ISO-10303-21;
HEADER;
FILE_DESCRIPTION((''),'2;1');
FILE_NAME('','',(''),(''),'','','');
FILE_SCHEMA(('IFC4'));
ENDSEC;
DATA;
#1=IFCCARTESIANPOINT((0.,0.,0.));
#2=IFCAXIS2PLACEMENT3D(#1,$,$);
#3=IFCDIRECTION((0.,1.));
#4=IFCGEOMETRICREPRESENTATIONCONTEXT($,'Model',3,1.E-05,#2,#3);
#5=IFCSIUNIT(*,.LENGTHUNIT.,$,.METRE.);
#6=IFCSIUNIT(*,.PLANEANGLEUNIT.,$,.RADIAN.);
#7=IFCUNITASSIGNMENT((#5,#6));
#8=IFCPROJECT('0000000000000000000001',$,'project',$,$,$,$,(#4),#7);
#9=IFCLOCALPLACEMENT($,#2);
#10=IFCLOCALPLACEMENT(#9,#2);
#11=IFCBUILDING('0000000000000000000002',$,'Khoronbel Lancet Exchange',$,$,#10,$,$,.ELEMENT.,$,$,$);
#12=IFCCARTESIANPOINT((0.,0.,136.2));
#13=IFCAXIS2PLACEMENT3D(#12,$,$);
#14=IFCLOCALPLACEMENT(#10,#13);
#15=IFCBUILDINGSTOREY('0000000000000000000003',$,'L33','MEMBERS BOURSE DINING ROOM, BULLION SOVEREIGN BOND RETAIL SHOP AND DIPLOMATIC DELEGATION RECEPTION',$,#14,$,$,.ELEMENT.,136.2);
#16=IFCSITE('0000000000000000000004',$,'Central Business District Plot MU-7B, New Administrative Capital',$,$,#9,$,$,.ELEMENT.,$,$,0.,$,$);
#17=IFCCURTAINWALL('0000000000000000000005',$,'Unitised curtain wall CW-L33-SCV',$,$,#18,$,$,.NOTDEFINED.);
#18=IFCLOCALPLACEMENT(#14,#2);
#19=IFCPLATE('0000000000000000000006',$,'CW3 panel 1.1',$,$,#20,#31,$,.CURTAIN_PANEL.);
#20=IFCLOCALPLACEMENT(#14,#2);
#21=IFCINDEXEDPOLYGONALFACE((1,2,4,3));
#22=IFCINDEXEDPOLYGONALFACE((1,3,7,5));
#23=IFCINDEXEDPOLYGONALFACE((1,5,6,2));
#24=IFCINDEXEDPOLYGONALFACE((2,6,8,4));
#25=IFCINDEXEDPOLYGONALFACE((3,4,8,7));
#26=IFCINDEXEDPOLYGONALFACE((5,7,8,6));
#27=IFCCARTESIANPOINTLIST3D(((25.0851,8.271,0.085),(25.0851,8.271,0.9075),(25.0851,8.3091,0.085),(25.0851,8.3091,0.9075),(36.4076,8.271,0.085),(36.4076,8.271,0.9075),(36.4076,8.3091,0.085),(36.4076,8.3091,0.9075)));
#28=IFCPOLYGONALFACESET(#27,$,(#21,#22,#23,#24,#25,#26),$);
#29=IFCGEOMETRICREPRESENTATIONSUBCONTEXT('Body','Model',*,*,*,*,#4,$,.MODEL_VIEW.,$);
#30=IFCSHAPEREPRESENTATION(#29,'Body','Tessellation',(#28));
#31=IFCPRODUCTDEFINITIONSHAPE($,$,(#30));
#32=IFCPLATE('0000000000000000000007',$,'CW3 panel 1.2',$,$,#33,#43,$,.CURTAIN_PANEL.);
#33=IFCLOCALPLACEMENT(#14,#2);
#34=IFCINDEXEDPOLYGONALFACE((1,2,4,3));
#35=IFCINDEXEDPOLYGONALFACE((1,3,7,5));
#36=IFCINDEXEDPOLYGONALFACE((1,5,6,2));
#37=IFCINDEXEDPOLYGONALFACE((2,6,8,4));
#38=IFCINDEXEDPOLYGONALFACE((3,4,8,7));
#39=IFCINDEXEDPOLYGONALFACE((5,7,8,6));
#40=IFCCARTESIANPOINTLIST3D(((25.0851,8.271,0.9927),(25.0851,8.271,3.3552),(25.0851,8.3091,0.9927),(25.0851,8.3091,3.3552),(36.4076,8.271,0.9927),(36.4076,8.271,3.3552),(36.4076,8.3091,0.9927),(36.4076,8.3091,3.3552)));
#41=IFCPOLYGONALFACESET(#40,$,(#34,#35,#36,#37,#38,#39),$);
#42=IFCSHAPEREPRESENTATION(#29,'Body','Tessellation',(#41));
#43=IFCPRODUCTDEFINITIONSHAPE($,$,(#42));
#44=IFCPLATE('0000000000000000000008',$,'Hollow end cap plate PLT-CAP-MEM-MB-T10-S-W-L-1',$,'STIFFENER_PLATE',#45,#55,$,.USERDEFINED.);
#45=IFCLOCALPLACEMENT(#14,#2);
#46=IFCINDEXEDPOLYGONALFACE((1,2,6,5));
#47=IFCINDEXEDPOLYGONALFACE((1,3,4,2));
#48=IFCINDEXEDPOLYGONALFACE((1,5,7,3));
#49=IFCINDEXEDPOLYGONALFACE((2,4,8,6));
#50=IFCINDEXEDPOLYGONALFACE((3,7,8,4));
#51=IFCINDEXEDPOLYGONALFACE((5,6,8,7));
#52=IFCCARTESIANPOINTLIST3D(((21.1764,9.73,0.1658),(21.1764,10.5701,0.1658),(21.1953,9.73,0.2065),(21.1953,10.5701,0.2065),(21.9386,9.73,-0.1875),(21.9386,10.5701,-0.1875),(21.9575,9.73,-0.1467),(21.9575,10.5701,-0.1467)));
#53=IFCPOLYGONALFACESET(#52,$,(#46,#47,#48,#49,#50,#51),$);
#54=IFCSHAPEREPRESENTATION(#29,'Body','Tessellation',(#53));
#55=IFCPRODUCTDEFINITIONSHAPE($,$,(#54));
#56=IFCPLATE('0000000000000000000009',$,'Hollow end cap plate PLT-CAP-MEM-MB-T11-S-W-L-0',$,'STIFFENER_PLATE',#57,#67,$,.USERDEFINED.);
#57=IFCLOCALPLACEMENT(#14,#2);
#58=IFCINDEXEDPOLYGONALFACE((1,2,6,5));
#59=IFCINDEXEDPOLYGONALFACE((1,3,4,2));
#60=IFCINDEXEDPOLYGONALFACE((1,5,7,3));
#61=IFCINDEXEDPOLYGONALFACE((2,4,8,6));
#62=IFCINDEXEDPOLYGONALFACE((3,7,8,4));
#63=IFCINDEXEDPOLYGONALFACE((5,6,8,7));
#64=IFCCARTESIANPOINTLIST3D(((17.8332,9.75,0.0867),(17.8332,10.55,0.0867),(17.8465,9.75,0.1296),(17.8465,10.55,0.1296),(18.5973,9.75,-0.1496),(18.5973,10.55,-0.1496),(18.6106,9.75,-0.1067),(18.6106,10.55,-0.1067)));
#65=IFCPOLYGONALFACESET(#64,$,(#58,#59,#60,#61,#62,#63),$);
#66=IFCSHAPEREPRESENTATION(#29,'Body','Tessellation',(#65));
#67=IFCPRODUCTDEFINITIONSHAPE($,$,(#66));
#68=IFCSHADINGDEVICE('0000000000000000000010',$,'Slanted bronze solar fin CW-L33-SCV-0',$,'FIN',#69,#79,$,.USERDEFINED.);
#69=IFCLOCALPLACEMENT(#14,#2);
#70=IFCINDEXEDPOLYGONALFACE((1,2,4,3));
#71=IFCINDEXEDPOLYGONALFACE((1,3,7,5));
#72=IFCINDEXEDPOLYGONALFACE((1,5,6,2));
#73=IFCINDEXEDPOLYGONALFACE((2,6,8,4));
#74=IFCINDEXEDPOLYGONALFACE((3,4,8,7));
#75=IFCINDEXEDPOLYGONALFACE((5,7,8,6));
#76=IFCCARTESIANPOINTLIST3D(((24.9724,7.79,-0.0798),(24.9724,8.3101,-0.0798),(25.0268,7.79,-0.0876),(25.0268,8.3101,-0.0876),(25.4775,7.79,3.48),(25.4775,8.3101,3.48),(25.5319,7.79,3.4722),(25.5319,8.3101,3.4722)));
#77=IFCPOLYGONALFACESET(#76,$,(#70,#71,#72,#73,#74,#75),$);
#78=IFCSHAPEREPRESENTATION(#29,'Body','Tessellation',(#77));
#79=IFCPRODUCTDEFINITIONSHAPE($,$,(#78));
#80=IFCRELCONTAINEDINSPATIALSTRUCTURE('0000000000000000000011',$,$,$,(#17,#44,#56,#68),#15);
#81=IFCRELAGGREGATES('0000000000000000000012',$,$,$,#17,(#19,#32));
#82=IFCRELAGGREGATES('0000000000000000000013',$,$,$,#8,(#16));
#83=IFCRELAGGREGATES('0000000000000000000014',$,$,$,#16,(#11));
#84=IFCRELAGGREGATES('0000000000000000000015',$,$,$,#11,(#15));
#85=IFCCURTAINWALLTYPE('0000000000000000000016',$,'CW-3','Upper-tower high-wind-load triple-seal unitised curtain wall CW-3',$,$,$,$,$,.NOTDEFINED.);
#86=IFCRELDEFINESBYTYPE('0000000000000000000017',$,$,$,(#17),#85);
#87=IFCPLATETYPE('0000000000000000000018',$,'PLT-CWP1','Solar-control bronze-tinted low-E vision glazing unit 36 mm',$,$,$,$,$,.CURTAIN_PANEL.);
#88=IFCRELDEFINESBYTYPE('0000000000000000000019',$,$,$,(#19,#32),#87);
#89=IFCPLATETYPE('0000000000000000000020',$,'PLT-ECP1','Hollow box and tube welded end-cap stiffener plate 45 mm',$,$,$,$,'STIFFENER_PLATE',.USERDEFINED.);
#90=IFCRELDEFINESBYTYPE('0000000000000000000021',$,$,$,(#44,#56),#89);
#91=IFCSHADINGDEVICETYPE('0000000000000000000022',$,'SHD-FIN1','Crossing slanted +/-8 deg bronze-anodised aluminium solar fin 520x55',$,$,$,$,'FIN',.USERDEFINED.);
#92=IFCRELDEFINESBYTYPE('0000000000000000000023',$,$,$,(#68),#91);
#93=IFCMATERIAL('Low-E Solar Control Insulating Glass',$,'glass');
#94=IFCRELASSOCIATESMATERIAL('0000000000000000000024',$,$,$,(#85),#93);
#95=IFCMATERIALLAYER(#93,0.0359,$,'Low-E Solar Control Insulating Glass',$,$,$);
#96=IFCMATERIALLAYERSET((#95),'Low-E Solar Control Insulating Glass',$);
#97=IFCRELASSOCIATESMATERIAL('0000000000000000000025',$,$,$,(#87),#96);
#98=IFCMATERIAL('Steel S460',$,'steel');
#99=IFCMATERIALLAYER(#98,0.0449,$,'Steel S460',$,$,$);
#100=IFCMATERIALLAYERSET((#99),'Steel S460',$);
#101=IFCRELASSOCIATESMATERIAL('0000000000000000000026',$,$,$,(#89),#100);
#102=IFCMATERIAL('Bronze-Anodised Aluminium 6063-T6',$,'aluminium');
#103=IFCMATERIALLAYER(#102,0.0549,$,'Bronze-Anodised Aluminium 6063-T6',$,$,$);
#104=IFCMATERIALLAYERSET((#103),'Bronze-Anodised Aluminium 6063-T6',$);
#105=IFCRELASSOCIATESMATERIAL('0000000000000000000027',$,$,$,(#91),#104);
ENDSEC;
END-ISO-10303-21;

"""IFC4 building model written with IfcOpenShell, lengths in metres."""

from ifc_helpers import new_model, si_unit, direction, frame, origin, origin_2d, place, context, subcontext, project, spatial, polyline, rectangle, outline, extrude, material, layer, layer_set, type_object, element, aggregate, save


model = new_model("IFC4")

# Units and contexts
model_context = context("Model", 3, precision=1e-05, world=origin(), true_north=direction((0.0, 1.0)))
body_context = subcontext(model_context, "Body", "Model", "MODEL_VIEW")
ifc_project = project(units=[si_unit("LENGTHUNIT", "METRE"), si_unit("PLANEANGLEUNIT", "RADIAN")], contexts=[model_context])

# Site, building, storey
site_placement = place(None, origin())
site = spatial("IfcSite", under=ifc_project, at=site_placement, Name="Central Business District Plot MU-7B, New Administrative Capital", CompositionType="ELEMENT", RefElevation=0.0)
building_placement = place(site_placement, origin())
building = spatial("IfcBuilding", under=site, at=building_placement, Name="Khoronbel Lancet Exchange", CompositionType="ELEMENT")
storey_placement = place(building_placement, frame((0.0, 0.0, 136.2)))
storey = spatial("IfcBuildingStorey", under=building, at=storey_placement, Name="L33", Description="MEMBERS BOURSE DINING ROOM, BULLION SOVEREIGN BOND RETAIL SHOP AND DIPLOMATIC DELEGATION RECEPTION", CompositionType="ELEMENT", Elevation=136.2)

# Shared definitions
ifc_material_1 = material(Name="Steel S460", Category="steel")

# Curtain wall
ifc_material_2 = material(Name="Low-E Solar Control Insulating Glass", Category="glass")
curtain_wall_type = type_object("IfcCurtainWallType", Name="CW-3", Description="Upper-tower high-wind-load triple-seal unitised curtain wall CW-3", PredefinedType="NOTDEFINED", material=ifc_material_2)
ifc_material_3 = material(Name="Bronze-Anodised Aluminium 6063-T6", Category="aluminium")
curtain_wall_1_placement = place(storey_placement, origin())
curtain_wall_1 = element("IfcCurtainWall", 1, at=curtain_wall_1_placement, inside=storey, type_object=curtain_wall_type, Name="Unitised curtain wall CW-L33-SCV", PredefinedType="NOTDEFINED")

# Plates
ifc_layer_1 = layer(ifc_material_2, 0.0359, Name="Low-E Solar Control Insulating Glass")
ifc_layer_set_1 = layer_set([ifc_layer_1], Name="Low-E Solar Control Insulating Glass")
plate_type_1 = type_object("IfcPlateType", Name="PLT-CWP1", Description="Solar-control bronze-tinted low-E vision glazing unit 36 mm", PredefinedType="CURTAIN_PANEL", material=ifc_layer_set_1)
plate_1_placement = place(storey_placement, frame((30.7463, 8.29, 0.085), z_axis=(0.0, 0.0, 1.0), x_axis=(1.0, 0.0, 0.0)))
plate_1 = element("IfcPlate", 2, at=plate_1_placement, type_object=plate_type_1, Name="CW3 panel 1.1", PredefinedType="CURTAIN_PANEL", context=body_context, shape_type="SweptSolid", body=[
    extrude(rectangle(XDim=11.3225, YDim=0.0381, at=origin_2d()), origin(), (0.0, 0.0, 1.0), 0.8225),
])
plate_2_placement = place(storey_placement, frame((30.7463, 8.29, 0.9927), z_axis=(0.0, 0.0, 1.0), x_axis=(1.0, 0.0, 0.0)))
plate_2 = element("IfcPlate", 3, at=plate_2_placement, type_object=plate_type_1, Name="CW3 panel 1.2", PredefinedType="CURTAIN_PANEL", context=body_context, shape_type="SweptSolid", body=[
    extrude(rectangle(XDim=11.3225, YDim=0.0381, at=origin_2d()), origin(), (0.0, 0.0, 1.0), 2.3625),
])
aggregate(curtain_wall_1, [plate_1, plate_2])

# Plates
ifc_layer_2 = layer(ifc_material_1, 0.0449, Name="Steel S460")
ifc_layer_set_2 = layer_set([ifc_layer_2], Name="Steel S460")
plate_type_2 = type_object("IfcPlateType", Name="PLT-ECP1", Description="Hollow box and tube welded end-cap stiffener plate 45 mm", ElementType="STIFFENER_PLATE", PredefinedType="USERDEFINED", material=ifc_layer_set_2)
plate_3_placement = place(storey_placement, frame((21.9575, 9.73, -0.1467), z_axis=(0.420514, 0.0, 0.907286), x_axis=(0.0, 1.0, 0.0)))
element("IfcPlate", 4, at=plate_3_placement, inside=storey, type_object=plate_type_2, Name="Hollow end cap plate PLT-CAP-MEM-MB-T10-S-W-L-1", ObjectType="STIFFENER_PLATE", PredefinedType="USERDEFINED", context=body_context, shape_type="SweptSolid", body=[
    extrude(outline(polyline([(0.0, 0.0), (0.8401, 0.0), (0.8401, 0.8401), (0.0, 0.8401), (0.0, 0.0)])), origin(), (0.0, 0.0, -1.0), 0.0449),
])
plate_4_placement = place(storey_placement, frame((18.6106, 9.75, -0.1067), z_axis=(0.295458, 0.0, 0.955356), x_axis=(0.0, 1.0, 0.0)))
element("IfcPlate", 5, at=plate_4_placement, inside=storey, type_object=plate_type_2, Name="Hollow end cap plate PLT-CAP-MEM-MB-T11-S-W-L-0", ObjectType="STIFFENER_PLATE", PredefinedType="USERDEFINED", context=body_context, shape_type="SweptSolid", body=[
    extrude(outline(polyline([(0.0, 0.0), (0.8, 0.0), (0.8, 0.7998), (0.0, 0.7998), (0.0, 0.0)])), origin(), (0.0, 0.0, -1.0), 0.0449),
])

# Shading device
ifc_layer_3 = layer(ifc_material_3, 0.0549, Name="Bronze-Anodised Aluminium 6063-T6")
ifc_layer_set_3 = layer_set([ifc_layer_3], Name="Bronze-Anodised Aluminium 6063-T6")
shading_device_type = type_object("IfcShadingDeviceType", Name="SHD-FIN1", Description="Crossing slanted +/-8 deg bronze-anodised aluminium solar fin 520x55", ElementType="FIN", PredefinedType="USERDEFINED", material=ifc_layer_set_3)
shading_device_placement = place(storey_placement, frame((24.9724, 8.3101, -0.0798), z_axis=(-0.990082, 0.0, 0.14049), x_axis=(0.0, -1.0, 0.0)))
element("IfcShadingDevice", 6, at=shading_device_placement, inside=storey, type_object=shading_device_type, Name="Slanted bronze solar fin CW-L33-SCV-0", ObjectType="FIN", PredefinedType="USERDEFINED", context=body_context, shape_type="SweptSolid", body=[
    extrude(outline(polyline([(0.0, 0.0), (0.52, 0.0), (0.52, 3.5955), (0.0, 3.5955), (0.0, 0.0)])), origin(), (0.0, 0.0, -1.0), 0.0549),
])

save(model, "model.ifc")
